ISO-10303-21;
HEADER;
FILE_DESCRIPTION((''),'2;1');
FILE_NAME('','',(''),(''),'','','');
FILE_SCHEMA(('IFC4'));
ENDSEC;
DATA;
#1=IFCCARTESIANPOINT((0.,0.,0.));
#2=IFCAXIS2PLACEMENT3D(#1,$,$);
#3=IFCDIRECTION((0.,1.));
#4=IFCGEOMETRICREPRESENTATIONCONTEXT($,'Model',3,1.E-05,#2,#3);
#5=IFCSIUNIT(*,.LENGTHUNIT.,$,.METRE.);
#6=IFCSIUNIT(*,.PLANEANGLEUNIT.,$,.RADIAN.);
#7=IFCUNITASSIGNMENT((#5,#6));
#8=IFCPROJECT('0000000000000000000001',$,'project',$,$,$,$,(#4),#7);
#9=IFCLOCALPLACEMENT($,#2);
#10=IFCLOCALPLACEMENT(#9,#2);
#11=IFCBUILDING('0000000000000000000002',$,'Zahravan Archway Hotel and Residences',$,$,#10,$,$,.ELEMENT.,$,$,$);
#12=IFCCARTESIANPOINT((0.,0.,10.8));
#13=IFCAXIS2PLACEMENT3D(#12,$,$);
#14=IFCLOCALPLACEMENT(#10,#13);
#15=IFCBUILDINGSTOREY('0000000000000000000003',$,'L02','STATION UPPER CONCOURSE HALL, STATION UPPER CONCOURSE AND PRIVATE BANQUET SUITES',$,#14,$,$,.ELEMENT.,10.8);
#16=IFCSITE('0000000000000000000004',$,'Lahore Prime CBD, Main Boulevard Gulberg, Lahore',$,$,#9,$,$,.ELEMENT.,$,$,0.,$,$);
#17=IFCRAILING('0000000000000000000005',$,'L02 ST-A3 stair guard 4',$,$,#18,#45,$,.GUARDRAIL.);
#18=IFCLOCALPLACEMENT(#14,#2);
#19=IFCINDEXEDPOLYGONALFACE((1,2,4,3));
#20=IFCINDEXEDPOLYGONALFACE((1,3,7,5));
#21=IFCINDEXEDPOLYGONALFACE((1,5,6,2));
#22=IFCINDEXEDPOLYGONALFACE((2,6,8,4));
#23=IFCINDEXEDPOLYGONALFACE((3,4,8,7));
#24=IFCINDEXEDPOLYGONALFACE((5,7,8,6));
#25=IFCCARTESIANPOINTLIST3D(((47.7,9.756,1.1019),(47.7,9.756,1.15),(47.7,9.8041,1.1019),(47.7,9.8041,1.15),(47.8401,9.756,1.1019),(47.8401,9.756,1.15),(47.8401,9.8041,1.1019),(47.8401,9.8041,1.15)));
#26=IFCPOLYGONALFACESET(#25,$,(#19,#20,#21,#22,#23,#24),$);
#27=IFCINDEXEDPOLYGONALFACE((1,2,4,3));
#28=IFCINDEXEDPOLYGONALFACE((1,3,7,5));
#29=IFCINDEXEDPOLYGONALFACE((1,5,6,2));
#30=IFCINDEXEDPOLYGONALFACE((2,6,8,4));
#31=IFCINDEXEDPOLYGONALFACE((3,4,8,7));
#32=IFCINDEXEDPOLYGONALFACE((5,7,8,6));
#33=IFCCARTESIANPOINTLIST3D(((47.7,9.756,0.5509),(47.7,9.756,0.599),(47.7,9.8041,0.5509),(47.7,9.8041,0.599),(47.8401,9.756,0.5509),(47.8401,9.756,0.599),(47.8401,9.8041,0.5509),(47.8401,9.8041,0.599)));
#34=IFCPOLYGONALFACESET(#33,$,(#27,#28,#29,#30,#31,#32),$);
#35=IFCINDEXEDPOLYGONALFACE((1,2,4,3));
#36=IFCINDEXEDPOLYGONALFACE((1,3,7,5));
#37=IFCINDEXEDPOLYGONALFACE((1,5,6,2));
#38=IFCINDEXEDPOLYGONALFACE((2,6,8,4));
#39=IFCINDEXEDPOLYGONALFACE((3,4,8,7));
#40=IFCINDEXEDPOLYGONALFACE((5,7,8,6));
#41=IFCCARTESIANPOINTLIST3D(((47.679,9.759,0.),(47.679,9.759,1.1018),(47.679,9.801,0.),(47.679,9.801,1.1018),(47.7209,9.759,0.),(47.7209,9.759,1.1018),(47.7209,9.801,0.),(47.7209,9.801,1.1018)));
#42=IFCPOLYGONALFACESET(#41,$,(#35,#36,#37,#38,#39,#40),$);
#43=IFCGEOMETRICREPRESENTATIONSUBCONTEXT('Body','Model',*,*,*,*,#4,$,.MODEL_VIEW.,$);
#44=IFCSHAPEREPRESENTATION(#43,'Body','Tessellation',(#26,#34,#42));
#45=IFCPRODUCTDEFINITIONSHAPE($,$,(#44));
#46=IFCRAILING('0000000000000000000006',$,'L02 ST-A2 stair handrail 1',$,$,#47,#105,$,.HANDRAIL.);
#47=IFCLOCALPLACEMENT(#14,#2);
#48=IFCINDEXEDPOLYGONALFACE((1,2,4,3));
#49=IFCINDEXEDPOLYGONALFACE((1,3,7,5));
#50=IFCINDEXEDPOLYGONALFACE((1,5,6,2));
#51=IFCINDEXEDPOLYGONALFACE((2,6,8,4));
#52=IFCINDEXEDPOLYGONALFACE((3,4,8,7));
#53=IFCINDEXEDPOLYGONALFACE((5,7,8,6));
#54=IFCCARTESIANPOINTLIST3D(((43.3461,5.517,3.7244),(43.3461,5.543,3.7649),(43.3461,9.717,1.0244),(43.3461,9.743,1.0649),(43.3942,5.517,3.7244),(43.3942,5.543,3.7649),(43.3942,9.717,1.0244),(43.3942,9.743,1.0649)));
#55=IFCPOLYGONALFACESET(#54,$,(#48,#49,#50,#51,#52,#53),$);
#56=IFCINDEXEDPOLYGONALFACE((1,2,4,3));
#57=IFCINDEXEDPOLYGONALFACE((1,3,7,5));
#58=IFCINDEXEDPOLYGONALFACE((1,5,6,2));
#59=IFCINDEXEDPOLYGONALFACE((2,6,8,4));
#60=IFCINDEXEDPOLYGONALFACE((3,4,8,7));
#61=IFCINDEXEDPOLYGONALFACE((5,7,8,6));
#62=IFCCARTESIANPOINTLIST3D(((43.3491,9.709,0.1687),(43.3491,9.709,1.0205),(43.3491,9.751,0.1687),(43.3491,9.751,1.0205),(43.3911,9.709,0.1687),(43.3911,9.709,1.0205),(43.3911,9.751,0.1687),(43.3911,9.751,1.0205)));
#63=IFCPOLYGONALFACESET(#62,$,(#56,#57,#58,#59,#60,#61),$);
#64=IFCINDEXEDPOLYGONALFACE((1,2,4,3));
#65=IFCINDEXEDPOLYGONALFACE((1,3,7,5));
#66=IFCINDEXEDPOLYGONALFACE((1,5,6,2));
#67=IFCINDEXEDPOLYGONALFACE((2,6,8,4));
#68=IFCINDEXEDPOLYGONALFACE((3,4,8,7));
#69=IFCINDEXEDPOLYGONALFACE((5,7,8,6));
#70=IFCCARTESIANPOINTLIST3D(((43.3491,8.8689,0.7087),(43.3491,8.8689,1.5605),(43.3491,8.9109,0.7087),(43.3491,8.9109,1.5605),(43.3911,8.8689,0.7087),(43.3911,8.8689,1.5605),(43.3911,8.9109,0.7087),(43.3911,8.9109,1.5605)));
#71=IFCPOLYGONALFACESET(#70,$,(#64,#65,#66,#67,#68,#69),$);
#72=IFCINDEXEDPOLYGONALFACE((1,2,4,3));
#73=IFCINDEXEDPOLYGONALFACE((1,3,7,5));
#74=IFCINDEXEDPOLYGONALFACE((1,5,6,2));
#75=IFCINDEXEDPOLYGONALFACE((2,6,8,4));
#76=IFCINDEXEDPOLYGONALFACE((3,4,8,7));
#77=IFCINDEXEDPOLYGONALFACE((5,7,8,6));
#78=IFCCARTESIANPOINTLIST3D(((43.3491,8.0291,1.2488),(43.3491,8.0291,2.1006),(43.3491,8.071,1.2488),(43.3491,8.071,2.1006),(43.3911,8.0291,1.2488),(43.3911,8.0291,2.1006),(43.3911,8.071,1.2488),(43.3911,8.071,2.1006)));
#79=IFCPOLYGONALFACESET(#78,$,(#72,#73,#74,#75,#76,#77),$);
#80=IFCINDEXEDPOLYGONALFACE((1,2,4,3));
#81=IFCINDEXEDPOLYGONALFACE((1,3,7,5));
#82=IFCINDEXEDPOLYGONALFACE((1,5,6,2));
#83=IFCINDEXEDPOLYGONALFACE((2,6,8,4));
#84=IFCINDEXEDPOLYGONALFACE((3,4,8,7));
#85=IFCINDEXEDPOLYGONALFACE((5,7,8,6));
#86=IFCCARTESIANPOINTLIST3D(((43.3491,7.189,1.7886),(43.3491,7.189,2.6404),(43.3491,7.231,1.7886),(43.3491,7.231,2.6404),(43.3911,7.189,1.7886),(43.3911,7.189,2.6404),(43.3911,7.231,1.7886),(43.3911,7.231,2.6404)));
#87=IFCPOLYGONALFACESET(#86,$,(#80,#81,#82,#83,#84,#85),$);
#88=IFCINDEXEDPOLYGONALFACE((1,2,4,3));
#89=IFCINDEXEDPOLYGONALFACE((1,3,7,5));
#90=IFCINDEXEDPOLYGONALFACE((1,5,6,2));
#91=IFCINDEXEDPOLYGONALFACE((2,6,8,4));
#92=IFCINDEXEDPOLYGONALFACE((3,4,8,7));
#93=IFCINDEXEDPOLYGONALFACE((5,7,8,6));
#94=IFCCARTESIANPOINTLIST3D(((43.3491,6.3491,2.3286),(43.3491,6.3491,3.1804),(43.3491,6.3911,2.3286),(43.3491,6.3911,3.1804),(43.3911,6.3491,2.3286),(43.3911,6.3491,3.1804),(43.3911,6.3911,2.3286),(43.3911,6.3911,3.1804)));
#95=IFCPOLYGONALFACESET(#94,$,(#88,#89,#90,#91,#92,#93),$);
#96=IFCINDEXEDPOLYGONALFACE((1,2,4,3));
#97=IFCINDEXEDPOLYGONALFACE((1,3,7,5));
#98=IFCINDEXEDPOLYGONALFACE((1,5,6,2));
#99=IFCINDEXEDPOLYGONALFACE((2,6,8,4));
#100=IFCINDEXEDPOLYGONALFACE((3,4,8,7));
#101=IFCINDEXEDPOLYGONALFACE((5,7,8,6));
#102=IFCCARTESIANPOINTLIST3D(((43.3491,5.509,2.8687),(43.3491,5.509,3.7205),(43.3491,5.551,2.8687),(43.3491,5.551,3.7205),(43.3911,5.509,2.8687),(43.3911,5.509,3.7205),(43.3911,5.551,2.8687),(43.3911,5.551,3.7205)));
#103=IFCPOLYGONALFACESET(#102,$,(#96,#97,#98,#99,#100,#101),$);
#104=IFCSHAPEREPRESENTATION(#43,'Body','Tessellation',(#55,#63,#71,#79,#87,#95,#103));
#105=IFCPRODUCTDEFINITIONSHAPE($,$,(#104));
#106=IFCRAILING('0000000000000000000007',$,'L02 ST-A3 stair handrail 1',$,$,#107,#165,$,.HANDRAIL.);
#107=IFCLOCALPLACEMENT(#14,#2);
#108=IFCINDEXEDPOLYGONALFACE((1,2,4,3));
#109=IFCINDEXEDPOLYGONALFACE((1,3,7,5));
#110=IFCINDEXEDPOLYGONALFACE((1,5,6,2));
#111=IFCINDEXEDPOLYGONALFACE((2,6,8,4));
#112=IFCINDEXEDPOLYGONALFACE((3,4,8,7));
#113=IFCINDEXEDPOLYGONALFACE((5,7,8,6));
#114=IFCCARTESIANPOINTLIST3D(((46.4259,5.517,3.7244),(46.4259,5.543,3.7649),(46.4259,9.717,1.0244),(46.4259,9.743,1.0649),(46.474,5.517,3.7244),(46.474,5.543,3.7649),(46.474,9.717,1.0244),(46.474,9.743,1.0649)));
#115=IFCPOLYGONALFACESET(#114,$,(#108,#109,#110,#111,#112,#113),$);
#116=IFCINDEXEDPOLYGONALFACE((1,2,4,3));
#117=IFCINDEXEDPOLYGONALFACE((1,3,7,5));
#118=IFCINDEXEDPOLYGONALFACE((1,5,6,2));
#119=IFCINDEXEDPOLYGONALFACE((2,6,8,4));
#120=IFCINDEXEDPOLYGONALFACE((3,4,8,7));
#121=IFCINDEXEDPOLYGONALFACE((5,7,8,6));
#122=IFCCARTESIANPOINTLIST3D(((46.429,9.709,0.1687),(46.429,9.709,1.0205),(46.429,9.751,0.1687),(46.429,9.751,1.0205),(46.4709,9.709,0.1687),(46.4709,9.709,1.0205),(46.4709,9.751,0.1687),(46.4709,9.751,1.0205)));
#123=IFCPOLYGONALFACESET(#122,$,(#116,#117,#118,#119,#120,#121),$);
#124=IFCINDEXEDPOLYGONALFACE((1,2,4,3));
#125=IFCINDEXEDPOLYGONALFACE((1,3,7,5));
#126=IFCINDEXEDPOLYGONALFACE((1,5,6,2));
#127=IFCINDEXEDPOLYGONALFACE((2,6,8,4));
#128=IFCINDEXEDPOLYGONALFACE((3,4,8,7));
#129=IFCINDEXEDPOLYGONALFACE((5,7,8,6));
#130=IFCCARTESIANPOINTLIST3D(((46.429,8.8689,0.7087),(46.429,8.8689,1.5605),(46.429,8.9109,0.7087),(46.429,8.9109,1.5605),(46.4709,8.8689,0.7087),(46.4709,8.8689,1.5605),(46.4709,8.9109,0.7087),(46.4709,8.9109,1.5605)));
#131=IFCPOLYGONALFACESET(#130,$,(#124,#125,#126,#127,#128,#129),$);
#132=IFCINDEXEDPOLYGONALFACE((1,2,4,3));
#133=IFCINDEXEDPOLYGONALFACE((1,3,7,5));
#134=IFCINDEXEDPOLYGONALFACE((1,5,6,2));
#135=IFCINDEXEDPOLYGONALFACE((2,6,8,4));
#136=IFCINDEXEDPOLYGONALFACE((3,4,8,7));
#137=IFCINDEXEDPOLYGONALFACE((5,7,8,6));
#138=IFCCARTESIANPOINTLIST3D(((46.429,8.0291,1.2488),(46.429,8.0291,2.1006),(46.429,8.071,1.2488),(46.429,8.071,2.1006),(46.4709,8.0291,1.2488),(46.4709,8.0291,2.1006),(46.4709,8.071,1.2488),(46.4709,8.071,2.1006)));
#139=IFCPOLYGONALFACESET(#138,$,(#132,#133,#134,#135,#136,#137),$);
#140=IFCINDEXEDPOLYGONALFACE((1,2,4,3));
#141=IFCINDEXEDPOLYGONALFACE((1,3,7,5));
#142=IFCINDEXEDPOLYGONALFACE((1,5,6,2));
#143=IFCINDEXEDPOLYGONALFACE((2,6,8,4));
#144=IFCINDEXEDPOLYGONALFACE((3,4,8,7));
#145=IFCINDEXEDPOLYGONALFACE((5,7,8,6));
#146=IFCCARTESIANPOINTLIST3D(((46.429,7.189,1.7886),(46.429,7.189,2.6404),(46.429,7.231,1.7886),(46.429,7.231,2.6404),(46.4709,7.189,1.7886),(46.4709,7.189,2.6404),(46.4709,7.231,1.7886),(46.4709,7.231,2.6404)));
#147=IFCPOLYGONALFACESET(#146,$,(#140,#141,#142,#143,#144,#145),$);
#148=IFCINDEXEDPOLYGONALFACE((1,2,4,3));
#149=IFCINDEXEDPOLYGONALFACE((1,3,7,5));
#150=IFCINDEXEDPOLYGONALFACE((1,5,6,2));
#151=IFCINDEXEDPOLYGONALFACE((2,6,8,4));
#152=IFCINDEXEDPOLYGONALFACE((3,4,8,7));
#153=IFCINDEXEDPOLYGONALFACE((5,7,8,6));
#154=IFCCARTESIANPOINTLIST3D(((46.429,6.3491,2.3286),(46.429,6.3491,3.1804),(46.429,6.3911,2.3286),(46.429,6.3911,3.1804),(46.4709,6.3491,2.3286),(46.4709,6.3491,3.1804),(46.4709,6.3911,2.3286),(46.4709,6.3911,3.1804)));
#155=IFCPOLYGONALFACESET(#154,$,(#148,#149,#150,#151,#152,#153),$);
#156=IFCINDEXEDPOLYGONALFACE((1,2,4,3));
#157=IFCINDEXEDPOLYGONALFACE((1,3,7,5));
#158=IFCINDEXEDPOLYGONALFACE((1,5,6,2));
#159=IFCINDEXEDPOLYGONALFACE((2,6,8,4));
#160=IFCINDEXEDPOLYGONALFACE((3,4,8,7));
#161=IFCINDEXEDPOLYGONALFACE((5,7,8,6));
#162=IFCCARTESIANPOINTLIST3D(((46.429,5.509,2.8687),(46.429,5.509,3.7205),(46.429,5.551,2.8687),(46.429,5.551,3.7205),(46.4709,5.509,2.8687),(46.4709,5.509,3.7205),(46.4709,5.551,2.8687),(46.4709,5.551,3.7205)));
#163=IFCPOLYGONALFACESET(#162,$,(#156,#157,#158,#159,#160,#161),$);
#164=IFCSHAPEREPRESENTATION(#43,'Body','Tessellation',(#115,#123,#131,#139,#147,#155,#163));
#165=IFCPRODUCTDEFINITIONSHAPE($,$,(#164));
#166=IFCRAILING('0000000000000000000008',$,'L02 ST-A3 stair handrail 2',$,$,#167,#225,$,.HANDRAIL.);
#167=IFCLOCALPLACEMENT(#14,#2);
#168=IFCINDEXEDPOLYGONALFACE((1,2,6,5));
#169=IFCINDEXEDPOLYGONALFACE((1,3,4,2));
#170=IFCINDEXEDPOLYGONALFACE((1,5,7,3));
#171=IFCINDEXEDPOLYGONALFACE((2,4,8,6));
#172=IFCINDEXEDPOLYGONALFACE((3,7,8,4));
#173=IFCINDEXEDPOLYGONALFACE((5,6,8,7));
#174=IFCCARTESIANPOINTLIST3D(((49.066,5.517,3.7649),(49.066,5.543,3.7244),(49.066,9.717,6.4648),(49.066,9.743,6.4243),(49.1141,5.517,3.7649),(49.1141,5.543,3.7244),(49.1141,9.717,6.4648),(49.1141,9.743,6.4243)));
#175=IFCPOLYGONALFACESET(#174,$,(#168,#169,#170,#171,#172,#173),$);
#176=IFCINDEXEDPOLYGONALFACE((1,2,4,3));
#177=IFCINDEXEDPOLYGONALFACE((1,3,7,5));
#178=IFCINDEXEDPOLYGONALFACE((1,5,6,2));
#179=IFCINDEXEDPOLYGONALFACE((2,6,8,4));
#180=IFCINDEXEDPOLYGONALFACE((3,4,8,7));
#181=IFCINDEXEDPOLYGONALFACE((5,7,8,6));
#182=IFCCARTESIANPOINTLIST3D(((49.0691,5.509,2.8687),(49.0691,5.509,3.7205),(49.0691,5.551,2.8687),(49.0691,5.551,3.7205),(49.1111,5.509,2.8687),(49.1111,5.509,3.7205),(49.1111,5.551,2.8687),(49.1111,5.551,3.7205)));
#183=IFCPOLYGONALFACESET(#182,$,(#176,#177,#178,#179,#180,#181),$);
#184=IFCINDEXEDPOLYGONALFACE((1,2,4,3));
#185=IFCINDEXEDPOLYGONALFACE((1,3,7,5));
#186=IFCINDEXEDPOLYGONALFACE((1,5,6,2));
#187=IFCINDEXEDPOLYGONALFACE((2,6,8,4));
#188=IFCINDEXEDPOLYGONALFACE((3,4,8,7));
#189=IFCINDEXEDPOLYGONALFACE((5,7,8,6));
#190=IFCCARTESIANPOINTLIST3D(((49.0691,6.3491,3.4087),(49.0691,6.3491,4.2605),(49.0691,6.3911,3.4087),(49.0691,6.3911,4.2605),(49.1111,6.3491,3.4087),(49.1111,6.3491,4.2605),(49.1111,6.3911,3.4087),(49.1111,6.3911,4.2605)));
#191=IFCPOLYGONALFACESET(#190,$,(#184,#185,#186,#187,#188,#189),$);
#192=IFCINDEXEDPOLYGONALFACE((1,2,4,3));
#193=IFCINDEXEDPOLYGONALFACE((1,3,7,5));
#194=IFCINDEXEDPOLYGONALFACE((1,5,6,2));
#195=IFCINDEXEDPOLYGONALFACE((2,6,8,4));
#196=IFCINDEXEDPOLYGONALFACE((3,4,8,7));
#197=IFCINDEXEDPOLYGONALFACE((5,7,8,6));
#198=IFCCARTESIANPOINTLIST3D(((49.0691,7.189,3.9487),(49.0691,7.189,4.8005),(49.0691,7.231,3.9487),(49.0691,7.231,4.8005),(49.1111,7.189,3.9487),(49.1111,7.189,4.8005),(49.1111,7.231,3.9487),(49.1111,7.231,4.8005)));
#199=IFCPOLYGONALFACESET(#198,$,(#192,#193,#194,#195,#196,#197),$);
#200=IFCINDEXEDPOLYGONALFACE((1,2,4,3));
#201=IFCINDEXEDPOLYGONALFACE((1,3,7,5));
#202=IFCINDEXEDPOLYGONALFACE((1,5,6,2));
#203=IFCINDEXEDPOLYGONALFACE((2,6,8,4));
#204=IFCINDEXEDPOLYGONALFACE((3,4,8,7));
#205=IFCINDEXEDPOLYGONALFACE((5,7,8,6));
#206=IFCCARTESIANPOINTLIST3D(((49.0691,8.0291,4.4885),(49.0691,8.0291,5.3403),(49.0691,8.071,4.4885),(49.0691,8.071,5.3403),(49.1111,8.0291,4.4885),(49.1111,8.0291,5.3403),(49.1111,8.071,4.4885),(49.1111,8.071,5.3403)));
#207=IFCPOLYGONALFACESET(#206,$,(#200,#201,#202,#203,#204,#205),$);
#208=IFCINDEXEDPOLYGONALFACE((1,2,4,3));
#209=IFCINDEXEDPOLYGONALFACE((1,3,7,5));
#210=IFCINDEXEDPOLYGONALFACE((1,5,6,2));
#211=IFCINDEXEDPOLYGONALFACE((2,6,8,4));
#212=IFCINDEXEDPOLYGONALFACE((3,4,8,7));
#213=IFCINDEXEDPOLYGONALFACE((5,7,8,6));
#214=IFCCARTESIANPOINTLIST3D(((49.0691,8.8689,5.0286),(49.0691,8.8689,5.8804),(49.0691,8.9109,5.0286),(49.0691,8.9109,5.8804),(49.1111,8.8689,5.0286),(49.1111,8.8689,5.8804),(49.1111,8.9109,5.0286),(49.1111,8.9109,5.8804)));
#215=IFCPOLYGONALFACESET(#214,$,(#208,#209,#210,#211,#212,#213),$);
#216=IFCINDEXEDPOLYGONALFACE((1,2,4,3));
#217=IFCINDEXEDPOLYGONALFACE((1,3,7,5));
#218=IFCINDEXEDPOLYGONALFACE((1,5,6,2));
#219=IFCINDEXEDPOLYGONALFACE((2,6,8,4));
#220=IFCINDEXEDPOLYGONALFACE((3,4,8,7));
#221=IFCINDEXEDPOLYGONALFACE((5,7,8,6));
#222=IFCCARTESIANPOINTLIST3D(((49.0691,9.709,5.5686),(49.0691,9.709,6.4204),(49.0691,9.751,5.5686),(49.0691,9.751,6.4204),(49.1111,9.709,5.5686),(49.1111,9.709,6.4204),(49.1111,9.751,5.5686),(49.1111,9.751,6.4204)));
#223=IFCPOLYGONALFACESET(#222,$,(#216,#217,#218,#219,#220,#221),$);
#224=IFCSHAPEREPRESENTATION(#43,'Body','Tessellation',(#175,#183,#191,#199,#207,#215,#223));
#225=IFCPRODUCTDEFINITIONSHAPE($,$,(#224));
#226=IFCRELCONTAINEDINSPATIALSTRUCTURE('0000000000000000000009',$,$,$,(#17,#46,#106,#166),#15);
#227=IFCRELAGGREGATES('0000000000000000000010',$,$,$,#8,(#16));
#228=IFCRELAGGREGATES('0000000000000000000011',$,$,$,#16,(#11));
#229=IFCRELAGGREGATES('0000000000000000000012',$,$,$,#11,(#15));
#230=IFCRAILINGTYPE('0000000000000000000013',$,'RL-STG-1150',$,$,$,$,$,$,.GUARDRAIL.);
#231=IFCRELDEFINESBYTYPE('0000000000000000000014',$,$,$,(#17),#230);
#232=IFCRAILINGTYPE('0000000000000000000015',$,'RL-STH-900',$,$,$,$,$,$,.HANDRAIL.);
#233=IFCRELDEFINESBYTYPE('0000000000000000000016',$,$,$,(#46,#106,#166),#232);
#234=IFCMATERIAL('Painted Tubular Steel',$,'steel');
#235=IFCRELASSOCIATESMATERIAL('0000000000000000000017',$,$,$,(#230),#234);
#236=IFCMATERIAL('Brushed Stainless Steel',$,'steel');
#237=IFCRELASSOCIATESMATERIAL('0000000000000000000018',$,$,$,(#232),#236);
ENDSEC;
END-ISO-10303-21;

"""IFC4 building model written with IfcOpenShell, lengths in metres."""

from ifc_helpers import new_model, si_unit, direction, frame, origin, origin_2d, place, context, subcontext, project, spatial, rectangle, extrude, material, type_object, element, save


model = new_model("IFC4")

# Units and contexts
model_context = context("Model", 3, precision=1e-05, world=origin(), true_north=direction((0.0, 1.0)))
body_context = subcontext(model_context, "Body", "Model", "MODEL_VIEW")
ifc_project = project(units=[si_unit("LENGTHUNIT", "METRE"), si_unit("PLANEANGLEUNIT", "RADIAN")], contexts=[model_context])

# Site, building, storey
site_placement = place(None, origin())
site = spatial("IfcSite", under=ifc_project, at=site_placement, Name="Lahore Prime CBD, Main Boulevard Gulberg, Lahore", CompositionType="ELEMENT", RefElevation=0.0)
building_placement = place(site_placement, origin())
building = spatial("IfcBuilding", under=site, at=building_placement, Name="Zahravan Archway Hotel and Residences", CompositionType="ELEMENT")
storey_placement = place(building_placement, frame((0.0, 0.0, 10.8)))
storey = spatial("IfcBuildingStorey", under=building, at=storey_placement, Name="L02", Description="STATION UPPER CONCOURSE HALL, STATION UPPER CONCOURSE AND PRIVATE BANQUET SUITES", CompositionType="ELEMENT", Elevation=10.8)

# Railings
ifc_material_1 = material(Name="Painted Tubular Steel", Category="steel")
railing_type_1 = type_object("IfcRailingType", Name="RL-STG-1150", PredefinedType="GUARDRAIL", material=ifc_material_1)
railing_1_placement = place(storey_placement, frame((47.7, 9.78, 0.0)))
element("IfcRailing", 1, at=railing_1_placement, inside=storey, type_object=railing_type_1, Name="L02 ST-A3 stair guard 4", PredefinedType="GUARDRAIL", context=body_context, shape_type="SweptSolid", body=[
    extrude(rectangle(XDim=0.0481, YDim=0.0481, at=origin_2d()), frame((0.0, 0.0, 1.126), z_axis=(1.0, 0.0, 0.0), x_axis=(0.0, 1.0, 0.0)), (0.0, 0.0, 1.0), 0.1401),
    extrude(rectangle(XDim=0.0481, YDim=0.0481, at=origin_2d()), frame((0.0, 0.0, 0.575), z_axis=(1.0, 0.0, 0.0), x_axis=(0.0, 1.0, 0.0)), (0.0, 0.0, 1.0), 0.1401),
    extrude(rectangle(XDim=0.042, YDim=0.042, at=origin_2d()), origin(), (0.0, 0.0, 1.0), 1.1018),
])
ifc_material_2 = material(Name="Brushed Stainless Steel", Category="steel")
railing_type_2 = type_object("IfcRailingType", Name="RL-STH-900", PredefinedType="HANDRAIL", material=ifc_material_2)
for number, where, name in (
    (2, (43.3701, 9.73, 0.1687), "L02 ST-A2 stair handrail 1"),
    (3, (46.45, 9.73, 0.1687), "L02 ST-A3 stair handrail 1"),
):
    element("IfcRailing", number, at=place(storey_placement, frame(where)), inside=storey, type_object=railing_type_2, Name=name, PredefinedType="HANDRAIL", context=body_context, shape_type="SweptSolid", body=[
        extrude(rectangle(XDim=0.0481, YDim=0.0481, at=origin_2d()), frame((0.0, 0.0, 0.876), z_axis=(0.0, -0.84118, 0.540755), x_axis=(1.0, 0.0, 0.0)), (0.0, 0.0, 1.0), 4.9929),
        extrude(rectangle(XDim=0.042, YDim=0.042, at=origin_2d()), origin(), (0.0, 0.0, 1.0), 0.8518),
        extrude(rectangle(XDim=0.042, YDim=0.042, at=origin_2d()), frame((0.0, -0.8401, 0.54)), (0.0, 0.0, 1.0), 0.8518),
        extrude(rectangle(XDim=0.042, YDim=0.042, at=origin_2d()), frame((0.0, -1.6799, 1.0801)), (0.0, 0.0, 1.0), 0.8518),
        extrude(rectangle(XDim=0.042, YDim=0.042, at=origin_2d()), frame((0.0, -2.52, 1.6199)), (0.0, 0.0, 1.0), 0.8518),
        extrude(rectangle(XDim=0.042, YDim=0.042, at=origin_2d()), frame((0.0, -3.3599, 2.1599)), (0.0, 0.0, 1.0), 0.8518),
        extrude(rectangle(XDim=0.042, YDim=0.042, at=origin_2d()), frame((0.0, -4.2, 2.7)), (0.0, 0.0, 1.0), 0.8518),
    ])
railing_2_placement = place(storey_placement, frame((49.0901, 5.53, 2.8687)))
element("IfcRailing", 4, at=railing_2_placement, inside=storey, type_object=railing_type_2, Name="L02 ST-A3 stair handrail 2", PredefinedType="HANDRAIL", context=body_context, shape_type="SweptSolid", body=[
    extrude(rectangle(XDim=0.0481, YDim=0.0481, at=origin_2d()), frame((0.0, 0.0, 0.876), z_axis=(0.0, 0.84118, 0.540755), x_axis=(-1.0, 0.0, 0.0)), (0.0, 0.0, 1.0), 4.9929),
    extrude(rectangle(XDim=0.042, YDim=0.042, at=origin_2d()), origin(), (0.0, 0.0, 1.0), 0.8518),
    extrude(rectangle(XDim=0.042, YDim=0.042, at=origin_2d()), frame((0.0, 0.8401, 0.54)), (0.0, 0.0, 1.0), 0.8518),
    extrude(rectangle(XDim=0.042, YDim=0.042, at=origin_2d()), frame((0.0, 1.6799, 1.0801)), (0.0, 0.0, 1.0), 0.8518),
    extrude(rectangle(XDim=0.042, YDim=0.042, at=origin_2d()), frame((0.0, 2.52, 1.6199)), (0.0, 0.0, 1.0), 0.8518),
    extrude(rectangle(XDim=0.042, YDim=0.042, at=origin_2d()), frame((0.0, 3.3599, 2.1599)), (0.0, 0.0, 1.0), 0.8518),
    extrude(rectangle(XDim=0.042, YDim=0.042, at=origin_2d()), frame((0.0, 4.2, 2.7)), (0.0, 0.0, 1.0), 0.8518),
])

save(model, "model.ifc")
